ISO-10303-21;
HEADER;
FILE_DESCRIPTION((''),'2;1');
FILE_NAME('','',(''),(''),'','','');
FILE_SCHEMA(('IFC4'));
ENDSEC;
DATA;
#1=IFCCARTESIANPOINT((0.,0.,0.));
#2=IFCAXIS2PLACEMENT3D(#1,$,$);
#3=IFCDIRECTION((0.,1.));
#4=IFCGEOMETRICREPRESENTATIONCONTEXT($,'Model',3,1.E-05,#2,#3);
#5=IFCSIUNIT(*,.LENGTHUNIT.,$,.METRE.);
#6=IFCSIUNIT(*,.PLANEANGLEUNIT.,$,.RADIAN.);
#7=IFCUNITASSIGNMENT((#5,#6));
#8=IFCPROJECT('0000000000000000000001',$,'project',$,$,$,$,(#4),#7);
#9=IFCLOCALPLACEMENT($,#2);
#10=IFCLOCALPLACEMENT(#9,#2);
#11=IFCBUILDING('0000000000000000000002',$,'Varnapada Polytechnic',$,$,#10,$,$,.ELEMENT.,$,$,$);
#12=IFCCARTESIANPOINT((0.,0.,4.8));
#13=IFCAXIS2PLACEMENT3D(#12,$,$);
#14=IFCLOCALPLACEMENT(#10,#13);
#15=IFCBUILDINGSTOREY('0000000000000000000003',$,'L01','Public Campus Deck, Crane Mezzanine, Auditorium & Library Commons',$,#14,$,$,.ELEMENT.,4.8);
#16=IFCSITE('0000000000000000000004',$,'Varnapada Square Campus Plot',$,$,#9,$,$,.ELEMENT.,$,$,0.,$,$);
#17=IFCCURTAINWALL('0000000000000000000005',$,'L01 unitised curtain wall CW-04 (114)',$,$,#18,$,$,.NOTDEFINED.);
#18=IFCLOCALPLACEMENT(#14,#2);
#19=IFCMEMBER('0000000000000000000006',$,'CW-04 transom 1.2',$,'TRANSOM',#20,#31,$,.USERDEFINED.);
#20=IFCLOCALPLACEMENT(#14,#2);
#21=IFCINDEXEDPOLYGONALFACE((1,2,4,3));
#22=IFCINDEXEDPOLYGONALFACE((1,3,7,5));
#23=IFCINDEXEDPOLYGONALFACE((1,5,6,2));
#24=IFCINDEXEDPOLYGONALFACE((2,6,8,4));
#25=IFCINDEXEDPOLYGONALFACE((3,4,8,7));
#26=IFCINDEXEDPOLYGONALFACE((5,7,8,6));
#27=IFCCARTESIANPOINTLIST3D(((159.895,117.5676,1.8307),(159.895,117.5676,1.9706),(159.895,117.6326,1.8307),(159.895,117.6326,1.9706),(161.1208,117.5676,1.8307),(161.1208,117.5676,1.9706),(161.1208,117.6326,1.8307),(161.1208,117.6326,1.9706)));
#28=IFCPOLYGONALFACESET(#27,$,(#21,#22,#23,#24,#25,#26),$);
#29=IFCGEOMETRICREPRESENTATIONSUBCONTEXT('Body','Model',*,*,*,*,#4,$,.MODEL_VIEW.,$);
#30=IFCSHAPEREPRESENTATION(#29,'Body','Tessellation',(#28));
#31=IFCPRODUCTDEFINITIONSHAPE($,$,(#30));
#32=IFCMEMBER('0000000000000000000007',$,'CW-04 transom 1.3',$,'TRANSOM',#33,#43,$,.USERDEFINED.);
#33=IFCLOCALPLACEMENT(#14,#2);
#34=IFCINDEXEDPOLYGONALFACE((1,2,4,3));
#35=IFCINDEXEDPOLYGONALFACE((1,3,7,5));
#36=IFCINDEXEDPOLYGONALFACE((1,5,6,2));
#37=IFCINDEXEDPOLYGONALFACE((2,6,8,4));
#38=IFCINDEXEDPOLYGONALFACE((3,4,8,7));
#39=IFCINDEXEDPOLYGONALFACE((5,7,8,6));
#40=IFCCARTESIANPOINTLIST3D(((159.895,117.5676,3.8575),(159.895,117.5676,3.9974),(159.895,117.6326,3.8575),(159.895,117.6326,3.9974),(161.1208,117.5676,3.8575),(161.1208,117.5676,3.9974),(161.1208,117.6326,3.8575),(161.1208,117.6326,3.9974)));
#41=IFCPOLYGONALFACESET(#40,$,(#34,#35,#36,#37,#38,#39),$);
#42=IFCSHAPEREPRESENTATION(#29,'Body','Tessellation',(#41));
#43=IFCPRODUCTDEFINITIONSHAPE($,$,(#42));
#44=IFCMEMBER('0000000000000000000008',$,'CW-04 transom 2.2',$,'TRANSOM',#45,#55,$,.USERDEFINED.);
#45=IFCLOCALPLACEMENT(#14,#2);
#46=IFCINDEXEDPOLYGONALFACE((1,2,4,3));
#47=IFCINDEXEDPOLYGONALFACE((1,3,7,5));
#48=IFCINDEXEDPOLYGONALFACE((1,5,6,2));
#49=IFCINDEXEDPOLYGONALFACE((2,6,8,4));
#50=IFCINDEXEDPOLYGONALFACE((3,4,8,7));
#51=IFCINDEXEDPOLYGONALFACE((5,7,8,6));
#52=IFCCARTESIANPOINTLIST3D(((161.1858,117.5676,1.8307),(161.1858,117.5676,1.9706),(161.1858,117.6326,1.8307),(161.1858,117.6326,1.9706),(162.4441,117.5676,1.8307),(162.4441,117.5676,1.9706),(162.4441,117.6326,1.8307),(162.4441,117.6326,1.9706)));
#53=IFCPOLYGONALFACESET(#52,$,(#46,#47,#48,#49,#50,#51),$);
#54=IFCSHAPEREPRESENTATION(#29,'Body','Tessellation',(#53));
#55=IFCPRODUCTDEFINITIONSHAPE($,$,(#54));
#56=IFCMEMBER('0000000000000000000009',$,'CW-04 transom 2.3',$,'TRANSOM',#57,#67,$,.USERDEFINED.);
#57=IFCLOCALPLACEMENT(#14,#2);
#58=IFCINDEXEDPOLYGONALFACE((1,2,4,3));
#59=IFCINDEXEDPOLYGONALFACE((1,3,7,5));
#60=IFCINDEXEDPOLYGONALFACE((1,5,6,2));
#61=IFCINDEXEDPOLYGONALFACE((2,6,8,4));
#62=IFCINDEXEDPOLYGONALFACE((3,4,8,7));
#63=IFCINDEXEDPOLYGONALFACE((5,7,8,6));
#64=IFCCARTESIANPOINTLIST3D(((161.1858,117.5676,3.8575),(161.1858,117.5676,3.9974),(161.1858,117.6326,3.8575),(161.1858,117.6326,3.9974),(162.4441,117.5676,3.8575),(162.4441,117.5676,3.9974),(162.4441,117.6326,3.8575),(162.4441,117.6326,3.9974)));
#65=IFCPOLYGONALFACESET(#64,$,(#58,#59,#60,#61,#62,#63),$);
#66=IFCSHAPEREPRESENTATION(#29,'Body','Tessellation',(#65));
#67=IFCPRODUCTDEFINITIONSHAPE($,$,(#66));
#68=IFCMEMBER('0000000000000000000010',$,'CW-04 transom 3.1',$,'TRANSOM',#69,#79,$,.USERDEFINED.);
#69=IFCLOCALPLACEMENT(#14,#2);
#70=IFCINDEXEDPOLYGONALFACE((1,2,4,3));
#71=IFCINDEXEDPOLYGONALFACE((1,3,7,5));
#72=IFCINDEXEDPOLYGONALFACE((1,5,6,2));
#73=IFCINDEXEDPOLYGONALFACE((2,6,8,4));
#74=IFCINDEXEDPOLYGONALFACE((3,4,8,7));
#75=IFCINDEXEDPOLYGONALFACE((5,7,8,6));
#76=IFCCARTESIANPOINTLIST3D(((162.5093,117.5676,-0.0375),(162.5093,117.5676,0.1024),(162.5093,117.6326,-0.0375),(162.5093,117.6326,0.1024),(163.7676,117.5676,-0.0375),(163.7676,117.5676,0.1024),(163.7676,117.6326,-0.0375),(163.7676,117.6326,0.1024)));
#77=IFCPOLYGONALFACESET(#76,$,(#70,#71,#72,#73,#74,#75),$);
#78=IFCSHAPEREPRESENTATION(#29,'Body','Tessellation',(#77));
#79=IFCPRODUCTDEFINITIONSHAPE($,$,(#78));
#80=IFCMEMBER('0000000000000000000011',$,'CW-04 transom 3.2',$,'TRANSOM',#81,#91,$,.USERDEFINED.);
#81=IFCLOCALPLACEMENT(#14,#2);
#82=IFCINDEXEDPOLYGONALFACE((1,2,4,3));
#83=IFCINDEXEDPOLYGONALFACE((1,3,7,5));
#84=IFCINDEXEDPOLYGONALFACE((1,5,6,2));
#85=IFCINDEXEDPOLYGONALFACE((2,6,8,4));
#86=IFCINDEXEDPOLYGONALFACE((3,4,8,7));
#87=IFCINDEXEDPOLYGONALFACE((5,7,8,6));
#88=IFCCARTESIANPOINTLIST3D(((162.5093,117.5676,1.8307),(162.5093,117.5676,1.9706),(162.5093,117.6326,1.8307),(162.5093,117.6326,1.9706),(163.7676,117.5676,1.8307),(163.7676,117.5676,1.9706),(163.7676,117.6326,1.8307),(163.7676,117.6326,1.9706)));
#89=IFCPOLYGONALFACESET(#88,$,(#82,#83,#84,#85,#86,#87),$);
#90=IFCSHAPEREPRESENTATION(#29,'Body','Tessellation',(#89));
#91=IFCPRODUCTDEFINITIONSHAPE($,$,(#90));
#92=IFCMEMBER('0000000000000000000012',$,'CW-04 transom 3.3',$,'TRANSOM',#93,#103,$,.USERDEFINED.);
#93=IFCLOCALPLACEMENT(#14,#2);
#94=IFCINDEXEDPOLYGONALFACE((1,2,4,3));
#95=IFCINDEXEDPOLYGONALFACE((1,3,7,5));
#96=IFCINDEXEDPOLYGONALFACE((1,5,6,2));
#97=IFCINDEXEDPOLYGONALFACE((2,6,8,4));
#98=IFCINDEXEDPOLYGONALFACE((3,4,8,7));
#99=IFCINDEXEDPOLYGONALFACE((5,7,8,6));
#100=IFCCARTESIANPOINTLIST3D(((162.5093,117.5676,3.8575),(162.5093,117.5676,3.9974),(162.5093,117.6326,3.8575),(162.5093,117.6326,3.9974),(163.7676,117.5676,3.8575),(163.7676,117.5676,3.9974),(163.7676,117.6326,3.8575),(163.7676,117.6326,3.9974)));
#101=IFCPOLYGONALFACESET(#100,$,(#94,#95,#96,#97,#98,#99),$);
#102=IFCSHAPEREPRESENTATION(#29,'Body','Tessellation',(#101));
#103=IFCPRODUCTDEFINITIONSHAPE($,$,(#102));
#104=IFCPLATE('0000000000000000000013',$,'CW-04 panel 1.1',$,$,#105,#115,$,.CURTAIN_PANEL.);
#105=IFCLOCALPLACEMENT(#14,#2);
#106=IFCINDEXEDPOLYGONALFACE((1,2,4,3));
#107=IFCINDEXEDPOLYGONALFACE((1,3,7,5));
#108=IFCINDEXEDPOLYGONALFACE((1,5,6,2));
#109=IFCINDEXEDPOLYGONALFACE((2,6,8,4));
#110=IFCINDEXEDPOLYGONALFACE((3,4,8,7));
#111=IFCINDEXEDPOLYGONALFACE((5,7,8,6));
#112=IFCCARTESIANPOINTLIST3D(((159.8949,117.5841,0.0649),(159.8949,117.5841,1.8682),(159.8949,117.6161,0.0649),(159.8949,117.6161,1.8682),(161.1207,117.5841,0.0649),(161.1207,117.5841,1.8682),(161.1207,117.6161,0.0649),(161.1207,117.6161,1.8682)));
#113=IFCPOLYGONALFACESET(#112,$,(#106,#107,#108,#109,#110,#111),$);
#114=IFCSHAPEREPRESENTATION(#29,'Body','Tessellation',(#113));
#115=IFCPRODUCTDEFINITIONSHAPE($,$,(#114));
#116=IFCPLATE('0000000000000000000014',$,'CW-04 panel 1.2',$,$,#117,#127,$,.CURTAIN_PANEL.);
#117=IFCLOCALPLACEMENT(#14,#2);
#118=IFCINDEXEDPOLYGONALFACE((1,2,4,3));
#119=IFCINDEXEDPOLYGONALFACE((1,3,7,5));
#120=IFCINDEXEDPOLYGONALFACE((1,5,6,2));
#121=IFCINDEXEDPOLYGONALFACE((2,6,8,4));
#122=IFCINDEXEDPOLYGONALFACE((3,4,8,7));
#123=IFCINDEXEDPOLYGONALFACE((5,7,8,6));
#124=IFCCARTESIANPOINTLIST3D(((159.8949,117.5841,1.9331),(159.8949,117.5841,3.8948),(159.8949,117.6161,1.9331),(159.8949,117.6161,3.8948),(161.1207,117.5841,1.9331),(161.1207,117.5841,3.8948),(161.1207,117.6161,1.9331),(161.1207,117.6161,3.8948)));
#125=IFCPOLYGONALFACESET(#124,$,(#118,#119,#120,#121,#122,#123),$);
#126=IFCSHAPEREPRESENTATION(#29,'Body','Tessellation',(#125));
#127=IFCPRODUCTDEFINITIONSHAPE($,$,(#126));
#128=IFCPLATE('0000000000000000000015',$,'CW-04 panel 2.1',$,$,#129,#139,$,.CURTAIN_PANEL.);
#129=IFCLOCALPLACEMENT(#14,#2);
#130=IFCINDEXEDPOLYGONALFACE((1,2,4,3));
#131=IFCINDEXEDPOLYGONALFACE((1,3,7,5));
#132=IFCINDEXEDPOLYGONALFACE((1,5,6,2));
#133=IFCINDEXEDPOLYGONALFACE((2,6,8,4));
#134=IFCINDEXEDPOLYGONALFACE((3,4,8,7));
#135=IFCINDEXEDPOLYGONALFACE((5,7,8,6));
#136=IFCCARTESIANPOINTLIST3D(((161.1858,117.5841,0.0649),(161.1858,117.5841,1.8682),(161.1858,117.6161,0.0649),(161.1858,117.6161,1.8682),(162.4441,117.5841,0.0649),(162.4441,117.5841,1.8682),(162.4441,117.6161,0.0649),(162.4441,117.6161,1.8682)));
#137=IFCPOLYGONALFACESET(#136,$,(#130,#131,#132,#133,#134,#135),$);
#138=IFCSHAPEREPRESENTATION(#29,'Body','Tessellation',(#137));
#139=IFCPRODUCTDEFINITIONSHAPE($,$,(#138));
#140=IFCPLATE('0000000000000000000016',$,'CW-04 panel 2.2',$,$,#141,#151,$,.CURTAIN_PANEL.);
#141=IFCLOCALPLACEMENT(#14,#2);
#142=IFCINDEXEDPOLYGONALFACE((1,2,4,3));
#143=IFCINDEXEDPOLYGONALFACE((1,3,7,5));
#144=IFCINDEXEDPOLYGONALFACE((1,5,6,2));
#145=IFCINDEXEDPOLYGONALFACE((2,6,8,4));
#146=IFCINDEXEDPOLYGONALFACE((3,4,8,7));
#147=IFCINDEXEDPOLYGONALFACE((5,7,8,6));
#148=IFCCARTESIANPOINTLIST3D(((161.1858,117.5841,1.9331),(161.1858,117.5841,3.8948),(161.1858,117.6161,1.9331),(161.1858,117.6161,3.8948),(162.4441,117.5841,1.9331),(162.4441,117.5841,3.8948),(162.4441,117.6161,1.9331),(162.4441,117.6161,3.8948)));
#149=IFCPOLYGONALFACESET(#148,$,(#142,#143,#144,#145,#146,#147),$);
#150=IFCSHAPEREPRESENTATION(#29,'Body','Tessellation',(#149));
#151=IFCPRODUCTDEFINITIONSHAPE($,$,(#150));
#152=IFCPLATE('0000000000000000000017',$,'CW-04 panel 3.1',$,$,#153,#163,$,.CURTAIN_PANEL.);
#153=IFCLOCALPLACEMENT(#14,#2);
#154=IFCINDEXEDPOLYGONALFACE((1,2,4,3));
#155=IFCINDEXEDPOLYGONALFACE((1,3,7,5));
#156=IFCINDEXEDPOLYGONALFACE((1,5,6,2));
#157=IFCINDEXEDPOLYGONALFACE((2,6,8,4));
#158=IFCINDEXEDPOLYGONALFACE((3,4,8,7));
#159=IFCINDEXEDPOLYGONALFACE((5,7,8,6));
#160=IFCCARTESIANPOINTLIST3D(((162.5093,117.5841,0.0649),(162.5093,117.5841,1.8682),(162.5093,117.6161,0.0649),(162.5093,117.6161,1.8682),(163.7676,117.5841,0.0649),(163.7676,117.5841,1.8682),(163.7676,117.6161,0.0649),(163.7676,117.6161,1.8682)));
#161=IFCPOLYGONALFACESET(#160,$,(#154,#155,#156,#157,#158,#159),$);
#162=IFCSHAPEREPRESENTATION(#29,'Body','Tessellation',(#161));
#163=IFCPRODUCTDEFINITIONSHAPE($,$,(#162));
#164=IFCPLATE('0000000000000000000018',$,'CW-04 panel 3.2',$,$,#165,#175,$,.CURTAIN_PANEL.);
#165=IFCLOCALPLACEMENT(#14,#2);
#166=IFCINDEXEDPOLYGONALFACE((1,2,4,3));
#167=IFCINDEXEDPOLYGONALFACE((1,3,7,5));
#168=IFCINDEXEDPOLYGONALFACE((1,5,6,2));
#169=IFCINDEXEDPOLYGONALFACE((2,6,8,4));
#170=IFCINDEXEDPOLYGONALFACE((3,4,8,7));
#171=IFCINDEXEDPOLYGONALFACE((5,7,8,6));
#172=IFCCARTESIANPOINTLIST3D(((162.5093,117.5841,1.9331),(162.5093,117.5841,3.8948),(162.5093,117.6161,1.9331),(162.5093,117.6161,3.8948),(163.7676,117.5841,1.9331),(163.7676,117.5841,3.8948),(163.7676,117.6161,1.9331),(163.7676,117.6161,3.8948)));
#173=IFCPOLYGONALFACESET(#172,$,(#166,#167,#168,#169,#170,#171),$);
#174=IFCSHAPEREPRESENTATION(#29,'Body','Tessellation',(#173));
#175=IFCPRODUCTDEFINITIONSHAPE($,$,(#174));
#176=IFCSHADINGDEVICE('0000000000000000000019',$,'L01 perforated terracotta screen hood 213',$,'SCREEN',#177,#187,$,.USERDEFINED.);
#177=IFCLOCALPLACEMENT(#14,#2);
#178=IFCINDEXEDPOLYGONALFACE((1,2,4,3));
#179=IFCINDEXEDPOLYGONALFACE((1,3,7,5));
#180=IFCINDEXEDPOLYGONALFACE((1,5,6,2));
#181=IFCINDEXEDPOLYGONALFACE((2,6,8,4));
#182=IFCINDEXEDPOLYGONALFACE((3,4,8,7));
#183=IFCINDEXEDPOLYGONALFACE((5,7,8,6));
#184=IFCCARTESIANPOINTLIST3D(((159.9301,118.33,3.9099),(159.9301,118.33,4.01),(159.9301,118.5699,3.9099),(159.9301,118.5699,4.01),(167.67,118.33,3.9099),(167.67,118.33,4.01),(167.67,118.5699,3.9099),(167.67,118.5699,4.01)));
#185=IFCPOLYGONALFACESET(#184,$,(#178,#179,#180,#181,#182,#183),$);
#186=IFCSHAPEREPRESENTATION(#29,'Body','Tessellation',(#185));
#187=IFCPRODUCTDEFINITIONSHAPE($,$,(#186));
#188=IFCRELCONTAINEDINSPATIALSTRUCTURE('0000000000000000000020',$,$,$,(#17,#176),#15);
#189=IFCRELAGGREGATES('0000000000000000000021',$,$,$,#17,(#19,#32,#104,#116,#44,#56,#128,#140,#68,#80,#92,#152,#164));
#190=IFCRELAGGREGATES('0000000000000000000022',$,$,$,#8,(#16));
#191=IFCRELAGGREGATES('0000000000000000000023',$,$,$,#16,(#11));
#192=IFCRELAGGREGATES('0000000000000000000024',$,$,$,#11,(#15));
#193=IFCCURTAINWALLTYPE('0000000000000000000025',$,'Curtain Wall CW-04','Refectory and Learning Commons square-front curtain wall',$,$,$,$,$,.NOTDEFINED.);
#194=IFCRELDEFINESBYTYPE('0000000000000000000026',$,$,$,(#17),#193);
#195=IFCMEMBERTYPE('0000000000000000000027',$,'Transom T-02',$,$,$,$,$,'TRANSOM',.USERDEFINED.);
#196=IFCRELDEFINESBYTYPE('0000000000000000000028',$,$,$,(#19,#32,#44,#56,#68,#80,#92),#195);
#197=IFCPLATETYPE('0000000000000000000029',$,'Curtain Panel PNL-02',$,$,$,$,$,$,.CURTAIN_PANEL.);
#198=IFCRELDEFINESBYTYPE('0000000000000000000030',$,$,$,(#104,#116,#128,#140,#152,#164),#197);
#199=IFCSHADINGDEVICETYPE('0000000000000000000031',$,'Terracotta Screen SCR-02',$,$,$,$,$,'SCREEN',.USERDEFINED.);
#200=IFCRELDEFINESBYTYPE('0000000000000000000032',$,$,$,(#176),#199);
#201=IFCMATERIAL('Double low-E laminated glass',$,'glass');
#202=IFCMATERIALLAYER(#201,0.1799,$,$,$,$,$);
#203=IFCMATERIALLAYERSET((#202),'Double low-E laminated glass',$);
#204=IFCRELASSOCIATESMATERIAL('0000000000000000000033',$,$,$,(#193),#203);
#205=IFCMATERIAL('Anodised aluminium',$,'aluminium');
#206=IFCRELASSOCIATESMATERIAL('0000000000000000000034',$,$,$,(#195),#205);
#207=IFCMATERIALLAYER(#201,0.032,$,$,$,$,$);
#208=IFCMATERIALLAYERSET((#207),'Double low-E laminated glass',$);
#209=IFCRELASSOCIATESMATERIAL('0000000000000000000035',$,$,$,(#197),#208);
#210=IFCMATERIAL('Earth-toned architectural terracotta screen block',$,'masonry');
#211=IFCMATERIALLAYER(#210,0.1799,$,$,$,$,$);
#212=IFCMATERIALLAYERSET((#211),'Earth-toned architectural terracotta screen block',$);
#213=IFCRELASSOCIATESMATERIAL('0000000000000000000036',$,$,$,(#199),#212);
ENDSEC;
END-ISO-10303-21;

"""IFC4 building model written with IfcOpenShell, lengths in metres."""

from ifc_helpers import new_model, si_unit, direction, frame, origin, origin_2d, place, context, subcontext, project, spatial, rectangle, extrude, material, layer, layer_set, material_profile, profile_set, type_object, element, aggregate, save


model = new_model("IFC4")

# Units and contexts
model_context = context("Model", 3, precision=1e-05, world=origin(), true_north=direction((0.0, 1.0)))
body_context = subcontext(model_context, "Body", "Model", "MODEL_VIEW")
ifc_project = project(units=[si_unit("LENGTHUNIT", "METRE"), si_unit("PLANEANGLEUNIT", "RADIAN")], contexts=[model_context])

# Site, building, storey
site_placement = place(None, origin())
site = spatial("IfcSite", under=ifc_project, at=site_placement, Name="Varnapada Square Campus Plot", CompositionType="ELEMENT", RefElevation=0.0)
building_placement = place(site_placement, origin())
building = spatial("IfcBuilding", under=site, at=building_placement, Name="Varnapada Polytechnic", CompositionType="ELEMENT")
storey_placement = place(building_placement, frame((0.0, 0.0, 4.8)))
storey = spatial("IfcBuildingStorey", under=building, at=storey_placement, Name="L01", Description="Public Campus Deck, Crane Mezzanine, Auditorium & Library Commons", CompositionType="ELEMENT", Elevation=4.8)

# Curtain wall, members, plates
ifc_material_1 = material(Name="Double low-E laminated glass", Category="glass")
ifc_layer_1 = layer(ifc_material_1, 0.1799)
ifc_layer_set_1 = layer_set([ifc_layer_1], Name="Double low-E laminated glass")
curtain_wall_type = type_object("IfcCurtainWallType", Name="Curtain Wall CW-04", Description="Refectory and Learning Commons square-front curtain wall", PredefinedType="NOTDEFINED", material=ifc_layer_set_1)
curtain_wall_placement = place(storey_placement, origin())
curtain_wall = element("IfcCurtainWall", 1, at=curtain_wall_placement, inside=storey, type_object=curtain_wall_type, Name="L01 unitised curtain wall CW-04 (114)", PredefinedType="NOTDEFINED")
ifc_material_2 = material(Name="Anodised aluminium", Category="aluminium")
ifc_material_profile = material_profile(ifc_material_2, rectangle(XDim=0.0649, YDim=0.1399, at=origin_2d()), Name="ALU T65x140")
ifc_profile_set = profile_set([ifc_material_profile], Name="Anodised aluminium")
member_type = type_object("IfcMemberType", Name="Transom T-02", ElementType="TRANSOM", PredefinedType="USERDEFINED", material=ifc_profile_set)
member_1_placement = place(storey_placement, frame((159.895, 117.6001, 1.9006), z_axis=(1.0, 0.0, 0.0), x_axis=(0.0, 1.0, 0.0)))
member_1 = element("IfcMember", 2, at=member_1_placement, type_object=member_type, Name="CW-04 transom 1.2", ObjectType="TRANSOM", PredefinedType="USERDEFINED", context=body_context, shape_type="SweptSolid", body=[
    extrude(rectangle(XDim=0.0649, YDim=0.1399, at=origin_2d()), origin(), (0.0, 0.0, 1.0), 1.2258),
])
member_2_placement = place(storey_placement, frame((159.895, 117.6001, 3.9275), z_axis=(1.0, 0.0, 0.0), x_axis=(0.0, 1.0, 0.0)))
member_2 = element("IfcMember", 3, at=member_2_placement, type_object=member_type, Name="CW-04 transom 1.3", ObjectType="TRANSOM", PredefinedType="USERDEFINED", context=body_context, shape_type="SweptSolid", body=[
    extrude(rectangle(XDim=0.0649, YDim=0.1399, at=origin_2d()), origin(), (0.0, 0.0, 1.0), 1.2258),
])
member_3_placement = place(storey_placement, frame((161.1858, 117.6001, 1.9006), z_axis=(1.0, 0.0, 0.0), x_axis=(0.0, 1.0, 0.0)))
member_3 = element("IfcMember", 4, at=member_3_placement, type_object=member_type, Name="CW-04 transom 2.2", ObjectType="TRANSOM", PredefinedType="USERDEFINED", context=body_context, shape_type="SweptSolid", body=[
    extrude(rectangle(XDim=0.0649, YDim=0.1399, at=origin_2d()), origin(), (0.0, 0.0, 1.0), 1.2583),
])
member_4_placement = place(storey_placement, frame((161.1858, 117.6001, 3.9275), z_axis=(1.0, 0.0, 0.0), x_axis=(0.0, 1.0, 0.0)))
member_4 = element("IfcMember", 5, at=member_4_placement, type_object=member_type, Name="CW-04 transom 2.3", ObjectType="TRANSOM", PredefinedType="USERDEFINED", context=body_context, shape_type="SweptSolid", body=[
    extrude(rectangle(XDim=0.0649, YDim=0.1399, at=origin_2d()), origin(), (0.0, 0.0, 1.0), 1.2583),
])
member_5_placement = place(storey_placement, frame((162.5093, 117.6001, 0.0325), z_axis=(1.0, 0.0, 0.0), x_axis=(0.0, 1.0, 0.0)))
member_5 = element("IfcMember", 6, at=member_5_placement, type_object=member_type, Name="CW-04 transom 3.1", ObjectType="TRANSOM", PredefinedType="USERDEFINED", context=body_context, shape_type="SweptSolid", body=[
    extrude(rectangle(XDim=0.0649, YDim=0.1399, at=origin_2d()), origin(), (0.0, 0.0, 1.0), 1.2583),
])
member_6_placement = place(storey_placement, frame((162.5093, 117.6001, 1.9006), z_axis=(1.0, 0.0, 0.0), x_axis=(0.0, 1.0, 0.0)))
member_6 = element("IfcMember", 7, at=member_6_placement, type_object=member_type, Name="CW-04 transom 3.2", ObjectType="TRANSOM", PredefinedType="USERDEFINED", context=body_context, shape_type="SweptSolid", body=[
    extrude(rectangle(XDim=0.0649, YDim=0.1399, at=origin_2d()), origin(), (0.0, 0.0, 1.0), 1.2583),
])
member_7_placement = place(storey_placement, frame((162.5093, 117.6001, 3.9275), z_axis=(1.0, 0.0, 0.0), x_axis=(0.0, 1.0, 0.0)))
member_7 = element("IfcMember", 8, at=member_7_placement, type_object=member_type, Name="CW-04 transom 3.3", ObjectType="TRANSOM", PredefinedType="USERDEFINED", context=body_context, shape_type="SweptSolid", body=[
    extrude(rectangle(XDim=0.0649, YDim=0.1399, at=origin_2d()), origin(), (0.0, 0.0, 1.0), 1.2583),
])
ifc_layer_2 = layer(ifc_material_1, 0.032)
ifc_layer_set_2 = layer_set([ifc_layer_2], Name="Double low-E laminated glass")
plate_type = type_object("IfcPlateType", Name="Curtain Panel PNL-02", PredefinedType="CURTAIN_PANEL", material=ifc_layer_set_2)
plate_1_placement = place(storey_placement, frame((160.5078, 117.6001, 0.0649), z_axis=(0.0, 0.0, 1.0), x_axis=(1.0, 0.0, 0.0)))
plate_1 = element("IfcPlate", 9, at=plate_1_placement, type_object=plate_type, Name="CW-04 panel 1.1", PredefinedType="CURTAIN_PANEL", context=body_context, shape_type="SweptSolid", body=[
    extrude(rectangle(XDim=1.2258, YDim=0.032, at=origin_2d()), origin(), (0.0, 0.0, 1.0), 1.8032),
])
plate_2_placement = place(storey_placement, frame((160.5078, 117.6001, 1.9331), z_axis=(0.0, 0.0, 1.0), x_axis=(1.0, 0.0, 0.0)))
plate_2 = element("IfcPlate", 10, at=plate_2_placement, type_object=plate_type, Name="CW-04 panel 1.2", PredefinedType="CURTAIN_PANEL", context=body_context, shape_type="SweptSolid", body=[
    extrude(rectangle(XDim=1.2258, YDim=0.032, at=origin_2d()), origin(), (0.0, 0.0, 1.0), 1.9617),
])
plate_3_placement = place(storey_placement, frame((161.8149, 117.6001, 0.0649), z_axis=(0.0, 0.0, 1.0), x_axis=(1.0, 0.0, 0.0)))
plate_3 = element("IfcPlate", 11, at=plate_3_placement, type_object=plate_type, Name="CW-04 panel 2.1", PredefinedType="CURTAIN_PANEL", context=body_context, shape_type="SweptSolid", body=[
    extrude(rectangle(XDim=1.2583, YDim=0.032, at=origin_2d()), origin(), (0.0, 0.0, 1.0), 1.8032),
])
plate_4_placement = place(storey_placement, frame((161.8149, 117.6001, 1.9331), z_axis=(0.0, 0.0, 1.0), x_axis=(1.0, 0.0, 0.0)))
plate_4 = element("IfcPlate", 12, at=plate_4_placement, type_object=plate_type, Name="CW-04 panel 2.2", PredefinedType="CURTAIN_PANEL", context=body_context, shape_type="SweptSolid", body=[
    extrude(rectangle(XDim=1.2583, YDim=0.032, at=origin_2d()), origin(), (0.0, 0.0, 1.0), 1.9617),
])
plate_5_placement = place(storey_placement, frame((163.1384, 117.6001, 0.0649), z_axis=(0.0, 0.0, 1.0), x_axis=(1.0, 0.0, 0.0)))
plate_5 = element("IfcPlate", 13, at=plate_5_placement, type_object=plate_type, Name="CW-04 panel 3.1", PredefinedType="CURTAIN_PANEL", context=body_context, shape_type="SweptSolid", body=[
    extrude(rectangle(XDim=1.2583, YDim=0.032, at=origin_2d()), origin(), (0.0, 0.0, 1.0), 1.8032),
])
plate_6_placement = place(storey_placement, frame((163.1384, 117.6001, 1.9331), z_axis=(0.0, 0.0, 1.0), x_axis=(1.0, 0.0, 0.0)))
plate_6 = element("IfcPlate", 14, at=plate_6_placement, type_object=plate_type, Name="CW-04 panel 3.2", PredefinedType="CURTAIN_PANEL", context=body_context, shape_type="SweptSolid", body=[
    extrude(rectangle(XDim=1.2583, YDim=0.032, at=origin_2d()), origin(), (0.0, 0.0, 1.0), 1.9617),
])
aggregate(curtain_wall, [member_1, member_2, plate_1, plate_2, member_3, member_4, plate_3, plate_4, member_5, member_6, member_7, plate_5, plate_6])

# Shading device
ifc_material_3 = material(Name="Earth-toned architectural terracotta screen block", Category="masonry")
ifc_layer_3 = layer(ifc_material_3, 0.1799)
ifc_layer_set_3 = layer_set([ifc_layer_3], Name="Earth-toned architectural terracotta screen block")
shading_device_type = type_object("IfcShadingDeviceType", Name="Terracotta Screen SCR-02", ElementType="SCREEN", PredefinedType="USERDEFINED", material=ifc_layer_set_3)
shading_device_placement = place(storey_placement, frame((163.8, 118.45, 3.9099), z_axis=(0.0, 0.0, 1.0), x_axis=(1.0, 0.0, 0.0)))
element("IfcShadingDevice", 15, at=shading_device_placement, inside=storey, type_object=shading_device_type, Name="L01 perforated terracotta screen hood 213", ObjectType="SCREEN", PredefinedType="USERDEFINED", context=body_context, shape_type="SweptSolid", body=[
    extrude(rectangle(XDim=7.74, YDim=0.24, at=origin_2d()), origin(), (0.0, 0.0, 1.0), 0.1001),
])

save(model, "model.ifc")
